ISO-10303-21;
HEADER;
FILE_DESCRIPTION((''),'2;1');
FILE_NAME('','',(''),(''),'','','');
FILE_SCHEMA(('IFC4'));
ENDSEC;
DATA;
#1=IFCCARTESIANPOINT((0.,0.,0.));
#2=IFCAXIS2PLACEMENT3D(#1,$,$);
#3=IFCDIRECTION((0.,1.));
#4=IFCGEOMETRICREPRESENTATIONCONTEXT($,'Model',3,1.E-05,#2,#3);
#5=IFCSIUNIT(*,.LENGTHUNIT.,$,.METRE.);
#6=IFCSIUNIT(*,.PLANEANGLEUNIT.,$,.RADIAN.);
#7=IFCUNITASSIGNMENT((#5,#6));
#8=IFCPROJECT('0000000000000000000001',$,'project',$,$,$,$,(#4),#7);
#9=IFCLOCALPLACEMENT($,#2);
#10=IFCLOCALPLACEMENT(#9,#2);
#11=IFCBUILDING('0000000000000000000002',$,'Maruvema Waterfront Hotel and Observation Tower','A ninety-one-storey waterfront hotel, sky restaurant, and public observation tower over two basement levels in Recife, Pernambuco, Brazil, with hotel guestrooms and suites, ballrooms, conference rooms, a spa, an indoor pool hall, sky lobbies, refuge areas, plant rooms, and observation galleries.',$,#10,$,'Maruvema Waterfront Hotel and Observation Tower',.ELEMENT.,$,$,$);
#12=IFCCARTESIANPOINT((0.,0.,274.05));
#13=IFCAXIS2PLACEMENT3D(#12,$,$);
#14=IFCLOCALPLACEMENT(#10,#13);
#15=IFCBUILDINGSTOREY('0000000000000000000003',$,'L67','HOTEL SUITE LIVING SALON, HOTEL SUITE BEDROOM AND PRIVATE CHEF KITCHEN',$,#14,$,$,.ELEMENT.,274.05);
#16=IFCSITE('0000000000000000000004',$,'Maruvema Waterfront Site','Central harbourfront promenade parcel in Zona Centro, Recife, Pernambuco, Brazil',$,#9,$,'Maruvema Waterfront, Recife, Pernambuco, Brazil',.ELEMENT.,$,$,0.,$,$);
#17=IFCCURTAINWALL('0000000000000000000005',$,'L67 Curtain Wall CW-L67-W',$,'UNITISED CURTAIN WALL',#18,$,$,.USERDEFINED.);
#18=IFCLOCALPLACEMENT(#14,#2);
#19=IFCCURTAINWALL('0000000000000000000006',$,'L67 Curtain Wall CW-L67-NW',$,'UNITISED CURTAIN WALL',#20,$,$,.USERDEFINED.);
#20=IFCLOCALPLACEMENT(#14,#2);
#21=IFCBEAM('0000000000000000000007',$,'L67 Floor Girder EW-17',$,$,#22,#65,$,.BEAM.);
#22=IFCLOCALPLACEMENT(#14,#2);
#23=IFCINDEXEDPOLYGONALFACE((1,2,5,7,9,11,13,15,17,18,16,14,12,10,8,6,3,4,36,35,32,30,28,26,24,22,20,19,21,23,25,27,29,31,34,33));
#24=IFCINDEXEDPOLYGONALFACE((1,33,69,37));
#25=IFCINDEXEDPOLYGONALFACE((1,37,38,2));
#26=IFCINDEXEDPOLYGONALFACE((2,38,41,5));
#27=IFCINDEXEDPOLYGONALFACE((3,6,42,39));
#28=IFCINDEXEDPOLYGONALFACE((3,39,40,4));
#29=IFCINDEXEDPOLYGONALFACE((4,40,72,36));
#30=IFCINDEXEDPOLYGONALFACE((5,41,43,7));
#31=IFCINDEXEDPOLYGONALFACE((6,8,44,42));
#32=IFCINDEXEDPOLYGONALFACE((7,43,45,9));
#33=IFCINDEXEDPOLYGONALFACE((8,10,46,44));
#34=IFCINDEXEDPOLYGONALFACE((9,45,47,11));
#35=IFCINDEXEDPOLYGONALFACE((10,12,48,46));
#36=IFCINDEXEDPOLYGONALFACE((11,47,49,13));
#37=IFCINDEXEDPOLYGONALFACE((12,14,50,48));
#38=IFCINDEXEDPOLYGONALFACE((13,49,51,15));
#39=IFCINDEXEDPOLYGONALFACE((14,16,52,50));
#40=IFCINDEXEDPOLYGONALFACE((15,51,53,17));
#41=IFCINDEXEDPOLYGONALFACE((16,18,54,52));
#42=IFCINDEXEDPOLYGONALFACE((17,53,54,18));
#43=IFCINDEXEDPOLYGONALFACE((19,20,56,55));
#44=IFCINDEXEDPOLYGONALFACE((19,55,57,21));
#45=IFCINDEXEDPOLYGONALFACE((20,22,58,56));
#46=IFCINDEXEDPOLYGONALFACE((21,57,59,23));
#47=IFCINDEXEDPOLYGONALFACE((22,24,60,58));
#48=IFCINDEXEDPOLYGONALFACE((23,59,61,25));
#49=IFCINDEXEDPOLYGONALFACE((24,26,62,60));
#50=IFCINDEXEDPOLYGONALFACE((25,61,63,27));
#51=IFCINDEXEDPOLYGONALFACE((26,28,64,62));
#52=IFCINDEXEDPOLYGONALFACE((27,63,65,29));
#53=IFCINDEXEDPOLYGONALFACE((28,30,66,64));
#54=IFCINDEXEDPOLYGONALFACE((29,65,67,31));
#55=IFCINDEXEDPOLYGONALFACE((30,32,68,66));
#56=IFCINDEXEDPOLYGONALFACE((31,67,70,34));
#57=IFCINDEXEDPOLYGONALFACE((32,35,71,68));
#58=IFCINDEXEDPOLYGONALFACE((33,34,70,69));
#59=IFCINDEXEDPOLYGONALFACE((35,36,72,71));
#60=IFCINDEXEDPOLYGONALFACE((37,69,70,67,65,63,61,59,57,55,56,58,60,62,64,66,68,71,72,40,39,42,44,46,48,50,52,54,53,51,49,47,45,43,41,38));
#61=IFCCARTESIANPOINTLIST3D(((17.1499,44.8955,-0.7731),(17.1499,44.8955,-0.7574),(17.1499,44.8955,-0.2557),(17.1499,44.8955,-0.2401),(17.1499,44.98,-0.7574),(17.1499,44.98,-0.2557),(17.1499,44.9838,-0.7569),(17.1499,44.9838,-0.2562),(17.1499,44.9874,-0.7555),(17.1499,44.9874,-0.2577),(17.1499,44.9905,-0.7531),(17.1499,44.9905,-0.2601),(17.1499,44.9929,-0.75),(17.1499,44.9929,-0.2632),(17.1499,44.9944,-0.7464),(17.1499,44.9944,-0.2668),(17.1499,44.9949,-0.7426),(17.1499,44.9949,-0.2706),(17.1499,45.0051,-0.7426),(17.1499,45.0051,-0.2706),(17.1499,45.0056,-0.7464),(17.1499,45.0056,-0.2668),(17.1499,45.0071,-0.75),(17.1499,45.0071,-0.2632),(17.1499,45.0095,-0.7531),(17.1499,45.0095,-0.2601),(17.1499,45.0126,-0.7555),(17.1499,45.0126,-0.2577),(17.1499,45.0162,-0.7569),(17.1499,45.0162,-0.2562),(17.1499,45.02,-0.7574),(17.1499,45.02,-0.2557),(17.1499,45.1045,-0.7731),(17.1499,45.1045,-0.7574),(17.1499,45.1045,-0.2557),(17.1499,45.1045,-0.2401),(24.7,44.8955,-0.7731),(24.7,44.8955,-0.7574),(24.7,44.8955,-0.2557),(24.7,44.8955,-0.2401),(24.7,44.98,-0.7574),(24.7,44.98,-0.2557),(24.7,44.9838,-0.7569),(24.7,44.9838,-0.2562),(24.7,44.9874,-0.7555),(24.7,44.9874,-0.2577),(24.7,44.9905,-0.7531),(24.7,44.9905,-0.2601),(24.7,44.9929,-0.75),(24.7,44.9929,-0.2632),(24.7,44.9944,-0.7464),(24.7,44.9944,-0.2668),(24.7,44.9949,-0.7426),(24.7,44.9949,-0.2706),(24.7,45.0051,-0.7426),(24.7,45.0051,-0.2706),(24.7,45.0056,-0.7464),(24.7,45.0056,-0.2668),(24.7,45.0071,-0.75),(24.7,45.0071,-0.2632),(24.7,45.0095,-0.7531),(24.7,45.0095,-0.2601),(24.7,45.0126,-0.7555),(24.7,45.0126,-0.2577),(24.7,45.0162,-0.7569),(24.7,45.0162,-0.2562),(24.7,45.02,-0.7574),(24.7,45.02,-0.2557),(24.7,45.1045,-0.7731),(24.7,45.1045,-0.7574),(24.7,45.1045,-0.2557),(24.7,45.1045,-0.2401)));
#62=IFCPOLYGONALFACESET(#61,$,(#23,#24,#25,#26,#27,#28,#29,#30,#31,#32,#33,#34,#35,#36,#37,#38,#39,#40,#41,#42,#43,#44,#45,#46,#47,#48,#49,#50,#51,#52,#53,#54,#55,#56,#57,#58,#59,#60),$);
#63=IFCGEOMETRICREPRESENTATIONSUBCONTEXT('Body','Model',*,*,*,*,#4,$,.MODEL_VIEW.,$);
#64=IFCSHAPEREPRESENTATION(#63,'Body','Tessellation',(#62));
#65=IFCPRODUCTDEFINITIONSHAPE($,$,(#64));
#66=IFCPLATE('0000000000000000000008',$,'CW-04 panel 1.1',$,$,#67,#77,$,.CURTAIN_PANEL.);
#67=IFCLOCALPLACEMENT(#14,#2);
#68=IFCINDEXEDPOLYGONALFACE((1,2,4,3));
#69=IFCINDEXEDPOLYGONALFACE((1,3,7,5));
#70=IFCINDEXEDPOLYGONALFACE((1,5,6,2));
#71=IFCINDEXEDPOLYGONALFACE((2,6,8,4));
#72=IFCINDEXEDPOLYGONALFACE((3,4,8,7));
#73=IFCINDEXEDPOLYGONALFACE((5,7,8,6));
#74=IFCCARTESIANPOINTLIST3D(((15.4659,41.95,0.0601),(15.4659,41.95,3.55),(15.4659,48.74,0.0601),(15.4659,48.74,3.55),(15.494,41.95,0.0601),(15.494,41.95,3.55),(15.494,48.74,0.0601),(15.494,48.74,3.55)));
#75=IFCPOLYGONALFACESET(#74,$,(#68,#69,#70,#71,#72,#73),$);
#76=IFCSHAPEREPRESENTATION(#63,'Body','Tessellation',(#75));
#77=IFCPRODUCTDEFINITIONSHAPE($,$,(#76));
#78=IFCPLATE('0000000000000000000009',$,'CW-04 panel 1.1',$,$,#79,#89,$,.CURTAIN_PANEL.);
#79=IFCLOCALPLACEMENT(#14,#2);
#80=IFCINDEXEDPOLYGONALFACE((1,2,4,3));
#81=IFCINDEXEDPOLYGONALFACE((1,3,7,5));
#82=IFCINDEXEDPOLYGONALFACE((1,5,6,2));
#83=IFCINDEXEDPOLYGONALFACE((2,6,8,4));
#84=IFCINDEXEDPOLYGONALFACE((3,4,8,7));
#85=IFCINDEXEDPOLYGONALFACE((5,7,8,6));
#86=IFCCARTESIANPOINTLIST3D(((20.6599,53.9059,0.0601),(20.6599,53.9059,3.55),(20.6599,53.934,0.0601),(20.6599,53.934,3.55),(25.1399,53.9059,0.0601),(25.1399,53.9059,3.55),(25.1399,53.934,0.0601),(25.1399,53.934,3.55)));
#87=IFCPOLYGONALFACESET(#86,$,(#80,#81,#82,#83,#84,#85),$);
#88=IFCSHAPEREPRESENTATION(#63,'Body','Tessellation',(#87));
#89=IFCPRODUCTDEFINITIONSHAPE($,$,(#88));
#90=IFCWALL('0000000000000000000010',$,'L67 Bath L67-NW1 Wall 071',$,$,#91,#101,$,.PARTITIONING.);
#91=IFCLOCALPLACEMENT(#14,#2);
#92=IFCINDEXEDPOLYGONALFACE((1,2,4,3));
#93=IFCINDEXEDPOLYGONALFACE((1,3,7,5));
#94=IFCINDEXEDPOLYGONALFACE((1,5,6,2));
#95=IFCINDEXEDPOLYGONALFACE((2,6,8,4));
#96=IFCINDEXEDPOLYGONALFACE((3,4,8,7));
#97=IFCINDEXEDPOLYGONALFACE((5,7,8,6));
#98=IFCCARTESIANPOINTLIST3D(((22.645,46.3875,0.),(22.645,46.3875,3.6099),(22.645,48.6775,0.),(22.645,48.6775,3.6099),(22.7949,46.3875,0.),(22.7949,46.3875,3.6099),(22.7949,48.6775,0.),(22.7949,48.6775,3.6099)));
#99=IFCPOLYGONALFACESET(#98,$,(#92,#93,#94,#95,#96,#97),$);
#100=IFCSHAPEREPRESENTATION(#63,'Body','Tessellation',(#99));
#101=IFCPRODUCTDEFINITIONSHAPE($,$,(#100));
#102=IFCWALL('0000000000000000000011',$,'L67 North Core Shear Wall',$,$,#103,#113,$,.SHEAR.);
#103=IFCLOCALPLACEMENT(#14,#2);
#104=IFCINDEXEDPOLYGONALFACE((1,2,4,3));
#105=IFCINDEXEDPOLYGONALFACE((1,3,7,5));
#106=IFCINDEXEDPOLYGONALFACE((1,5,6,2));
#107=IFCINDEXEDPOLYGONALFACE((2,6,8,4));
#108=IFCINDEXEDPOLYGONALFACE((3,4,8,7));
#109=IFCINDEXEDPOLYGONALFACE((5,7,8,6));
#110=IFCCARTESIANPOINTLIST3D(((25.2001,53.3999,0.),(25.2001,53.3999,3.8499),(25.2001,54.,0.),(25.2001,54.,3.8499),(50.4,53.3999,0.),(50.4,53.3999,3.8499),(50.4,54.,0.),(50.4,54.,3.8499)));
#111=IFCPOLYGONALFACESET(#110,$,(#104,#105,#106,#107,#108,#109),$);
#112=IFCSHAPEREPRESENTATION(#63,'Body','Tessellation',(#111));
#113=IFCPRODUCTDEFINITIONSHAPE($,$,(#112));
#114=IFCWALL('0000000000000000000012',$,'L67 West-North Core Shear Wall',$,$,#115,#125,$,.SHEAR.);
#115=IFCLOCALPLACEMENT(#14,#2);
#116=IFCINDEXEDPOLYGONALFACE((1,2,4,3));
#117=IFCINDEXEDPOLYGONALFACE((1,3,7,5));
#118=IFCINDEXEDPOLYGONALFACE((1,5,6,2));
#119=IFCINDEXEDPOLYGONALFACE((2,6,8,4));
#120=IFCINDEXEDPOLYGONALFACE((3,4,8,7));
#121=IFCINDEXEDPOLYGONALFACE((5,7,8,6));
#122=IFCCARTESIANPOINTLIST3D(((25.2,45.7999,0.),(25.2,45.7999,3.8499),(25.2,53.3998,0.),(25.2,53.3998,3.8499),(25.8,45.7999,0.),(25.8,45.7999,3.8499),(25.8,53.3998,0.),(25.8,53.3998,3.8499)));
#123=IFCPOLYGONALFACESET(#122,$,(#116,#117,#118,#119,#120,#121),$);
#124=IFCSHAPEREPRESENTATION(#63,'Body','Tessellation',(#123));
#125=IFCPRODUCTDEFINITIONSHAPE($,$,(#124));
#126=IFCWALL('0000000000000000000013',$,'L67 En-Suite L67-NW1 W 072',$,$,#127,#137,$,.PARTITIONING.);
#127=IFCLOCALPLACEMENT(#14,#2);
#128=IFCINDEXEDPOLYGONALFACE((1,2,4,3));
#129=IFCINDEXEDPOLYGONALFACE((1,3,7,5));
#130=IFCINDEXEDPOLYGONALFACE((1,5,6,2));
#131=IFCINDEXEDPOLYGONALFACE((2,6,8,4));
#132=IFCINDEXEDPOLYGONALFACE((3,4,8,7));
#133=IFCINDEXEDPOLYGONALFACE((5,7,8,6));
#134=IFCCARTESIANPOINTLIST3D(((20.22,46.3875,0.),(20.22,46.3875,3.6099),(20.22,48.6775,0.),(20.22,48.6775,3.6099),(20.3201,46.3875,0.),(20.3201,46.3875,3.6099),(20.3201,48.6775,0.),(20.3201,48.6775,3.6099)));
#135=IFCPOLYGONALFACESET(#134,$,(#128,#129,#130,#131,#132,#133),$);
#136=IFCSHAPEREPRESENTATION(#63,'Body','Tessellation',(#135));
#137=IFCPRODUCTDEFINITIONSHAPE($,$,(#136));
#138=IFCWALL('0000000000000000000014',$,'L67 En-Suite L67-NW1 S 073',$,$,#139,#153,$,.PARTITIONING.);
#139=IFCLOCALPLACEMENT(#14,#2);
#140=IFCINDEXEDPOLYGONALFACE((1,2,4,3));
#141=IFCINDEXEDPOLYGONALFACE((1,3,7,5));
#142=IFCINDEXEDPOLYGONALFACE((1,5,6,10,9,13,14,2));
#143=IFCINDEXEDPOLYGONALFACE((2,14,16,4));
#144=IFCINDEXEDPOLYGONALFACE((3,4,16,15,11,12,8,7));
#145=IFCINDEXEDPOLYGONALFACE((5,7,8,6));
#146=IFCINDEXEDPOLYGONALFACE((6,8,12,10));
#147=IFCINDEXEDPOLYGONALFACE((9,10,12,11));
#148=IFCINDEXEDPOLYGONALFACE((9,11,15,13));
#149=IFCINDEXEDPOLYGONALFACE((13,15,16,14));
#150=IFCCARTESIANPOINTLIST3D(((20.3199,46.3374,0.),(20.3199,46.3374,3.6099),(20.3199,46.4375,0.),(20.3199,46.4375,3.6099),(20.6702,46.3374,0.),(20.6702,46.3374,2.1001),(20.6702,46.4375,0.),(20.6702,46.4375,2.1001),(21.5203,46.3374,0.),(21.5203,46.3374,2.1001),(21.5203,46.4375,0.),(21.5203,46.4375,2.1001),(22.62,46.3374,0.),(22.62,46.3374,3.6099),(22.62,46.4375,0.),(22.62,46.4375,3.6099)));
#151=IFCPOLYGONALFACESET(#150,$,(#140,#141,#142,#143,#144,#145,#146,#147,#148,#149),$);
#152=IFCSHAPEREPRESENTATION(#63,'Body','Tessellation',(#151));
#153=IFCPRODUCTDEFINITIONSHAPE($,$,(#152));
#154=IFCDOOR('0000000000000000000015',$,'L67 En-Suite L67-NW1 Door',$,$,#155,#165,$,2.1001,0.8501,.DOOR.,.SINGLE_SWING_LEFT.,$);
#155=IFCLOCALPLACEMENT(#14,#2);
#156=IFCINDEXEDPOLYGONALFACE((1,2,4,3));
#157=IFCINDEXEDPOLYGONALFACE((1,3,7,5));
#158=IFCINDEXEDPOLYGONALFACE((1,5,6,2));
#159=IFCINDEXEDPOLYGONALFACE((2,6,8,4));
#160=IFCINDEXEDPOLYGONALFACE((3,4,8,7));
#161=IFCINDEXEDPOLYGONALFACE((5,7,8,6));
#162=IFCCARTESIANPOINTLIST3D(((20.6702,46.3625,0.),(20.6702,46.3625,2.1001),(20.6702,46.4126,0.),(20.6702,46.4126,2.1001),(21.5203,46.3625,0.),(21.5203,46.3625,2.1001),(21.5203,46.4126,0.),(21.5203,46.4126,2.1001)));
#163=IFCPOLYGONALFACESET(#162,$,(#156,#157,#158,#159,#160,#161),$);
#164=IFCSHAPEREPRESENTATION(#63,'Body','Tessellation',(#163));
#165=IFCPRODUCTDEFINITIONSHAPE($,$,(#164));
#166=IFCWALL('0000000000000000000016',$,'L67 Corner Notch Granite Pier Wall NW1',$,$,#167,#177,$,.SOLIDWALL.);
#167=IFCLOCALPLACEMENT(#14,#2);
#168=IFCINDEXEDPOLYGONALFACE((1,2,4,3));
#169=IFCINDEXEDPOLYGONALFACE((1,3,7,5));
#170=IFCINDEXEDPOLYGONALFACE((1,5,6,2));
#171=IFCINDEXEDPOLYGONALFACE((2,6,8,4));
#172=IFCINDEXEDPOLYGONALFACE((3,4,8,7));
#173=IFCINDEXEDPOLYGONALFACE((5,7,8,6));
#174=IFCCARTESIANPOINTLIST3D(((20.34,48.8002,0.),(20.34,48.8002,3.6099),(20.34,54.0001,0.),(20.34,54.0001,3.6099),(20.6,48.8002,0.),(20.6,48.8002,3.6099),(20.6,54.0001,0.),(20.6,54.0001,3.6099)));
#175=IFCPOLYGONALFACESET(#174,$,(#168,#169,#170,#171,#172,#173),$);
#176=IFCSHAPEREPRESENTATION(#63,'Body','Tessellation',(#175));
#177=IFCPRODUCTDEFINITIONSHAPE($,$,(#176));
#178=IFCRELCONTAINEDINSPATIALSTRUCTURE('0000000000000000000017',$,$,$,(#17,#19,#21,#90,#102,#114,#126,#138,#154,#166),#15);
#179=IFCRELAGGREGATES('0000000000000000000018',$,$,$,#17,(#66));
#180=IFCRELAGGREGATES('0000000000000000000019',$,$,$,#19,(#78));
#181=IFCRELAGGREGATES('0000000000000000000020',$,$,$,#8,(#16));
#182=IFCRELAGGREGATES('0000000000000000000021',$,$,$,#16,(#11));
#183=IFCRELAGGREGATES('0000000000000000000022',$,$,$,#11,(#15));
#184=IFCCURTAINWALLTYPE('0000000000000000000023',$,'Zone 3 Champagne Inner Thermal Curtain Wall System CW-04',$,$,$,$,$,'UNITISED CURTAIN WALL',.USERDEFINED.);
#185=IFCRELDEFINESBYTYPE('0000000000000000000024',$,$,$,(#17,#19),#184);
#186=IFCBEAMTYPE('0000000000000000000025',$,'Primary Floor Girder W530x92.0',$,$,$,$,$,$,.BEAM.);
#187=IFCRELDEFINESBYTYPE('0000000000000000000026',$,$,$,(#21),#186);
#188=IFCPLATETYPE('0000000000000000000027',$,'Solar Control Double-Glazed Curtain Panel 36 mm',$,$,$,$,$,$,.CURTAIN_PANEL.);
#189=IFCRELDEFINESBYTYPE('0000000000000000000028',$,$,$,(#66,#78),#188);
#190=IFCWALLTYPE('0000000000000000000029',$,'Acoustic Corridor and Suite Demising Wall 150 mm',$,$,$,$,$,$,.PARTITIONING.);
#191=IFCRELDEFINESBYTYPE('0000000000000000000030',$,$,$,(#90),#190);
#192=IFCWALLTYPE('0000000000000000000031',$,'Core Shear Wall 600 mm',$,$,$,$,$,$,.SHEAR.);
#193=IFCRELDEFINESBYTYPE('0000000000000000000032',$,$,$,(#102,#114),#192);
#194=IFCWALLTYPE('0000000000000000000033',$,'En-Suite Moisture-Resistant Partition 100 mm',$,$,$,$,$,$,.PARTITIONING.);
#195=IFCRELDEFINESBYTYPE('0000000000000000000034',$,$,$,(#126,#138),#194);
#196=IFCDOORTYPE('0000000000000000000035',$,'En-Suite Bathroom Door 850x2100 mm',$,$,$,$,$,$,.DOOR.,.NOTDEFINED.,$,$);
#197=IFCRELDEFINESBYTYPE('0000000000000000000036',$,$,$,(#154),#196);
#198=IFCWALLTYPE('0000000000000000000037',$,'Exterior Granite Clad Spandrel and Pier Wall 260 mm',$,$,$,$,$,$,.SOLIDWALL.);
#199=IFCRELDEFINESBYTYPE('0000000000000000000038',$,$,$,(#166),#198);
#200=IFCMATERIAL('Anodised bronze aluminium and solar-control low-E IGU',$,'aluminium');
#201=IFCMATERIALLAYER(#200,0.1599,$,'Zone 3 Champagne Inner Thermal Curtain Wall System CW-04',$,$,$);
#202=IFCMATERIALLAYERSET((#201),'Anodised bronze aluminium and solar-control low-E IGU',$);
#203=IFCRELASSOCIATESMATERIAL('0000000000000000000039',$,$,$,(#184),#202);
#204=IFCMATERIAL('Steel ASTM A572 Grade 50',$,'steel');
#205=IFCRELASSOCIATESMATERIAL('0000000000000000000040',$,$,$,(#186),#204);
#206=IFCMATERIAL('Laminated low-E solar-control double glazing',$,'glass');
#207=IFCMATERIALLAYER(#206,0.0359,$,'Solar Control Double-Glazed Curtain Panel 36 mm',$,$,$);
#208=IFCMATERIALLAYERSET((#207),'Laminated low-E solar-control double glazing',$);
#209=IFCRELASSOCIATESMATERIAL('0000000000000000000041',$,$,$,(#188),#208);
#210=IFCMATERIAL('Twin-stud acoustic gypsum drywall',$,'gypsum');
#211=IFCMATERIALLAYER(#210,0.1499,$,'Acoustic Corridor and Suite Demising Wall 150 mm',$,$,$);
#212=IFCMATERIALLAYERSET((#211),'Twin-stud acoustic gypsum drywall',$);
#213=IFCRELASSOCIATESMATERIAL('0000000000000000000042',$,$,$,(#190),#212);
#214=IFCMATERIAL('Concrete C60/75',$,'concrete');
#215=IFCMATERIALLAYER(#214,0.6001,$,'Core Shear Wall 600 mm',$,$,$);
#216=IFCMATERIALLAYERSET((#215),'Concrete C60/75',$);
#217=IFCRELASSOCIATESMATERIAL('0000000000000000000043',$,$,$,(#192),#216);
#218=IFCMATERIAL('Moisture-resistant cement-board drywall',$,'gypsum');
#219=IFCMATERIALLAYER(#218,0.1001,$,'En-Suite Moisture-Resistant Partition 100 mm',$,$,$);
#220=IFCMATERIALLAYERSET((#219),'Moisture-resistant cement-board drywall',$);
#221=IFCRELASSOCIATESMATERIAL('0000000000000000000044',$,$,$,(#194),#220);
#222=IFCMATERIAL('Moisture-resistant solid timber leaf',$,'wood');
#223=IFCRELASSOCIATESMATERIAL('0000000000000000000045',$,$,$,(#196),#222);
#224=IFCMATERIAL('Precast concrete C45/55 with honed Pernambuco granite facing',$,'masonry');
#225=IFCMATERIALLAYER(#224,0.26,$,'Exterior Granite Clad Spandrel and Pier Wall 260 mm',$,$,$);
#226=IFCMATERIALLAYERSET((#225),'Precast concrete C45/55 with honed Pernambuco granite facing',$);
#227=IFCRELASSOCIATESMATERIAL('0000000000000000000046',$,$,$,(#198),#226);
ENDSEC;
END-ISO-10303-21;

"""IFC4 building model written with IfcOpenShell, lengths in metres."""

from ifc_helpers import new_model, si_unit, direction, frame, frame_2d, origin, origin_2d, place, context, subcontext, project, spatial, rectangle, i_section, extrude, material, layer, layer_set, material_profile, profile_set, type_object, element, fill, aggregate, save


model = new_model("IFC4")

# Units and contexts
model_context = context("Model", 3, precision=1e-05, world=origin(), true_north=direction((0.0, 1.0)))
body_context = subcontext(model_context, "Body", "Model", "MODEL_VIEW")
ifc_project = project(units=[si_unit("LENGTHUNIT", "METRE"), si_unit("PLANEANGLEUNIT", "RADIAN")], contexts=[model_context])

# Site, building, storey
site_placement = place(None, origin())
site = spatial("IfcSite", under=ifc_project, at=site_placement, Name="Maruvema Waterfront Site", Description="Central harbourfront promenade parcel in Zona Centro, Recife, Pernambuco, Brazil", LongName="Maruvema Waterfront, Recife, Pernambuco, Brazil", CompositionType="ELEMENT", RefElevation=0.0)
building_placement = place(site_placement, origin())
building = spatial("IfcBuilding", under=site, at=building_placement, Name="Maruvema Waterfront Hotel and Observation Tower", Description="A ninety-one-storey waterfront hotel, sky restaurant, and public observation tower over two basement levels in Recife, Pernambuco, Brazil, with hotel guestrooms and suites, ballrooms, conference rooms, a spa, an indoor pool hall, sky lobbies, refuge areas, plant rooms, and observation galleries.", LongName="Maruvema Waterfront Hotel and Observation Tower", CompositionType="ELEMENT")
storey_placement = place(building_placement, frame((0.0, 0.0, 274.05)))
storey = spatial("IfcBuildingStorey", under=building, at=storey_placement, Name="L67", Description="HOTEL SUITE LIVING SALON, HOTEL SUITE BEDROOM AND PRIVATE CHEF KITCHEN", CompositionType="ELEMENT", Elevation=274.05)

# Curtain walls
ifc_material_1 = material(Name="Anodised bronze aluminium and solar-control low-E IGU", Category="aluminium")
ifc_layer_1 = layer(ifc_material_1, 0.1599, Name="Zone 3 Champagne Inner Thermal Curtain Wall System CW-04")
ifc_layer_set_1 = layer_set([ifc_layer_1], Name="Anodised bronze aluminium and solar-control low-E IGU")
curtain_wall_type = type_object("IfcCurtainWallType", Name="Zone 3 Champagne Inner Thermal Curtain Wall System CW-04", ElementType="UNITISED CURTAIN WALL", PredefinedType="USERDEFINED", material=ifc_layer_set_1)
curtain_wall_1_placement = place(storey_placement, origin())
curtain_wall_1 = element("IfcCurtainWall", 1, at=curtain_wall_1_placement, inside=storey, type_object=curtain_wall_type, Name="L67 Curtain Wall CW-L67-W", ObjectType="UNITISED CURTAIN WALL", PredefinedType="USERDEFINED")
curtain_wall_2_placement = place(storey_placement, origin())
curtain_wall_2 = element("IfcCurtainWall", 2, at=curtain_wall_2_placement, inside=storey, type_object=curtain_wall_type, Name="L67 Curtain Wall CW-L67-NW", ObjectType="UNITISED CURTAIN WALL", PredefinedType="USERDEFINED")

# Beam
ifc_material_2 = material(Name="Steel ASTM A572 Grade 50", Category="steel")
ifc_material_profile_1 = material_profile(ifc_material_2, i_section(OverallWidth=0.209, OverallDepth=0.533, WebThickness=0.0103, FlangeThickness=0.0156, FilletRadius=0.0149, at=origin_2d()), Name="W530x92.0")
ifc_profile_set_1 = profile_set([ifc_material_profile_1], Name="Steel ASTM A572 Grade 50")
beam_type = type_object("IfcBeamType", Name="Primary Floor Girder W530x92.0", PredefinedType="BEAM", material=ifc_profile_set_1)
beam_placement = place(storey_placement, frame((17.1499, 45.0, -0.5066), z_axis=(1.0, 0.0, 0.0), x_axis=(0.0, 1.0, 0.0)))
element("IfcBeam", 3, at=beam_placement, inside=storey, type_object=beam_type, Name="L67 Floor Girder EW-17", PredefinedType="BEAM", context=body_context, shape_type="SweptSolid", body=[
    extrude(i_section(OverallWidth=0.209, OverallDepth=0.533, WebThickness=0.0103, FlangeThickness=0.0156, FilletRadius=0.0149, at=origin_2d()), origin(), (0.0, 0.0, 1.0), 7.55),
])

# Plates
ifc_material_3 = material(Name="Laminated low-E solar-control double glazing", Category="glass")
ifc_layer_2 = layer(ifc_material_3, 0.0359, Name="Solar Control Double-Glazed Curtain Panel 36 mm")
ifc_layer_set_2 = layer_set([ifc_layer_2], Name="Laminated low-E solar-control double glazing")
plate_type = type_object("IfcPlateType", Name="Solar Control Double-Glazed Curtain Panel 36 mm", PredefinedType="CURTAIN_PANEL", material=ifc_layer_set_2)
plate_1_placement = place(storey_placement, frame((15.48, 45.345, 0.0601), z_axis=(0.0, 0.0, 1.0), x_axis=(0.0, -1.0, 0.0)))
plate_1 = element("IfcPlate", 4, at=plate_1_placement, type_object=plate_type, Name="CW-04 panel 1.1", PredefinedType="CURTAIN_PANEL", context=body_context, shape_type="SweptSolid", body=[
    extrude(rectangle(XDim=6.79, YDim=0.0281, at=origin_2d()), origin(), (0.0, 0.0, 1.0), 3.49),
])
aggregate(curtain_wall_1, [plate_1])
plate_2_placement = place(storey_placement, frame((22.8999, 53.9199, 0.0601), z_axis=(0.0, 0.0, 1.0), x_axis=(-1.0, 0.0, 0.0)))
plate_2 = element("IfcPlate", 5, at=plate_2_placement, type_object=plate_type, Name="CW-04 panel 1.1", PredefinedType="CURTAIN_PANEL", context=body_context, shape_type="SweptSolid", body=[
    extrude(rectangle(XDim=4.48, YDim=0.0281, at=origin_2d()), origin(), (0.0, 0.0, 1.0), 3.49),
])
aggregate(curtain_wall_2, [plate_2])

# Walls
ifc_material_4 = material(Name="Twin-stud acoustic gypsum drywall", Category="gypsum")
ifc_layer_3 = layer(ifc_material_4, 0.1499, Name="Acoustic Corridor and Suite Demising Wall 150 mm")
ifc_layer_set_3 = layer_set([ifc_layer_3], Name="Twin-stud acoustic gypsum drywall")
wall_type_1 = type_object("IfcWallType", Name="Acoustic Corridor and Suite Demising Wall 150 mm", PredefinedType="PARTITIONING", material=ifc_layer_set_3)
wall_1_placement = place(storey_placement, frame((22.72, 46.3875, 0.0), z_axis=(0.0, 0.0, 1.0), x_axis=(0.0, 1.0, 0.0)))
element("IfcWall", 6, at=wall_1_placement, inside=storey, type_object=wall_type_1, Name="L67 Bath L67-NW1 Wall 071", PredefinedType="PARTITIONING", context=body_context, shape_type="SweptSolid", body=[
    extrude(rectangle(XDim=2.29, YDim=0.1499, at=frame_2d((1.145, 0.0))), origin(), (0.0, 0.0, 1.0), 3.6099),
])
ifc_material_5 = material(Name="Concrete C60/75", Category="concrete")
ifc_layer_4 = layer(ifc_material_5, 0.6001, Name="Core Shear Wall 600 mm")
ifc_layer_set_4 = layer_set([ifc_layer_4], Name="Concrete C60/75")
wall_type_2 = type_object("IfcWallType", Name="Core Shear Wall 600 mm", PredefinedType="SHEAR", material=ifc_layer_set_4)
wall_2_placement = place(storey_placement, frame((25.2, 53.7, 0.0), z_axis=(0.0, 0.0, 1.0), x_axis=(1.0, 0.0, 0.0)))
element("IfcWall", 7, at=wall_2_placement, inside=storey, type_object=wall_type_2, Name="L67 North Core Shear Wall", PredefinedType="SHEAR", context=body_context, shape_type="SweptSolid", body=[
    extrude(rectangle(XDim=25.2, YDim=0.6001, at=frame_2d((12.6001, 0.0))), origin(), (0.0, 0.0, 1.0), 3.8499),
])
wall_3_placement = place(storey_placement, frame((25.5, 45.8, 0.0), z_axis=(0.0, 0.0, 1.0), x_axis=(0.0, 1.0, 0.0)))
element("IfcWall", 8, at=wall_3_placement, inside=storey, type_object=wall_type_2, Name="L67 West-North Core Shear Wall", PredefinedType="SHEAR", context=body_context, shape_type="SweptSolid", body=[
    extrude(rectangle(XDim=7.5999, YDim=0.6001, at=frame_2d((3.7998, 0.0))), origin(), (0.0, 0.0, 1.0), 3.8499),
])
ifc_material_6 = material(Name="Moisture-resistant cement-board drywall", Category="gypsum")
ifc_layer_5 = layer(ifc_material_6, 0.1001, Name="En-Suite Moisture-Resistant Partition 100 mm")
ifc_layer_set_5 = layer_set([ifc_layer_5], Name="Moisture-resistant cement-board drywall")
wall_type_3 = type_object("IfcWallType", Name="En-Suite Moisture-Resistant Partition 100 mm", PredefinedType="PARTITIONING", material=ifc_layer_set_5)
wall_4_placement = place(storey_placement, frame((20.27, 46.3875, 0.0), z_axis=(0.0, 0.0, 1.0), x_axis=(0.0, 1.0, 0.0)))
element("IfcWall", 9, at=wall_4_placement, inside=storey, type_object=wall_type_3, Name="L67 En-Suite L67-NW1 W 072", PredefinedType="PARTITIONING", context=body_context, shape_type="SweptSolid", body=[
    extrude(rectangle(XDim=2.29, YDim=0.1001, at=frame_2d((1.145, 0.0))), origin(), (0.0, 0.0, 1.0), 3.6099),
])

# Wall, opening, door
wall_5_placement = place(storey_placement, frame((20.3201, 46.3875, 0.0), z_axis=(0.0, 0.0, 1.0), x_axis=(1.0, 0.0, 0.0)))
wall_5 = element("IfcWall", 10, at=wall_5_placement, inside=storey, type_object=wall_type_3, Name="L67 En-Suite L67-NW1 S 073", PredefinedType="PARTITIONING", context=body_context, shape_type="SweptSolid", body=[
    extrude(rectangle(XDim=2.3, YDim=0.1001, at=frame_2d((1.1499, 0.0))), origin(), (0.0, 0.0, 1.0), 3.6099),
])
opening_placement = place(wall_5_placement, frame((0.3501, 0.0, 0.0)))
opening = element("IfcOpeningElement", 11, at=opening_placement, cuts=wall_5, PredefinedType="OPENING", context=body_context, shape_type="SweptSolid", body=[
    extrude(rectangle(XDim=0.8501, YDim=2.1001, at=frame_2d((0.425, 1.05))), frame((0.0, 0.0601, 0.0), z_axis=(0.0, -1.0, 0.0), x_axis=(1.0, 0.0, 0.0)), (0.0, 0.0, 1.0), 0.1201),
])
ifc_material_7 = material(Name="Moisture-resistant solid timber leaf", Category="wood")
door_type = type_object("IfcDoorType", Name="En-Suite Bathroom Door 850x2100 mm", OperationType="NOTDEFINED", PredefinedType="DOOR", material=ifc_material_7)
door_placement = place(opening_placement, frame((0.8501, 0.0, 0.0), z_axis=(0.0, 0.0, 1.0), x_axis=(-1.0, 0.0, 0.0)))
door = element("IfcDoor", 12, at=door_placement, inside=storey, type_object=door_type, Name="L67 En-Suite L67-NW1 Door", OperationType="SINGLE_SWING_LEFT", OverallHeight=2.1001, OverallWidth=0.8501, PredefinedType="DOOR", context=body_context, shape_type="SweptSolid", body=[
    extrude(rectangle(XDim=0.8501, YDim=2.1001, at=frame_2d((0.425, 1.05))), frame((0.0, 0.0249, 0.0), z_axis=(0.0, -1.0, 0.0), x_axis=(1.0, 0.0, 0.0)), (0.0, 0.0, 1.0), 0.05),
])
fill(opening, door)

# Wall
ifc_material_8 = material(Name="Precast concrete C45/55 with honed Pernambuco granite facing", Category="masonry")
ifc_layer_6 = layer(ifc_material_8, 0.26, Name="Exterior Granite Clad Spandrel and Pier Wall 260 mm")
ifc_layer_set_6 = layer_set([ifc_layer_6], Name="Precast concrete C45/55 with honed Pernambuco granite facing")
wall_type_4 = type_object("IfcWallType", Name="Exterior Granite Clad Spandrel and Pier Wall 260 mm", PredefinedType="SOLIDWALL", material=ifc_layer_set_6)
wall_6_placement = place(storey_placement, frame((20.47, 48.8, 0.0), z_axis=(0.0, 0.0, 1.0), x_axis=(0.0, 1.0, 0.0)))
element("IfcWall", 13, at=wall_6_placement, inside=storey, type_object=wall_type_4, Name="L67 Corner Notch Granite Pier Wall NW1", PredefinedType="SOLIDWALL", context=body_context, shape_type="SweptSolid", body=[
    extrude(rectangle(XDim=5.2, YDim=0.26, at=frame_2d((2.6001, 0.0))), origin(), (0.0, 0.0, 1.0), 3.6099),
])

save(model, "model.ifc")
